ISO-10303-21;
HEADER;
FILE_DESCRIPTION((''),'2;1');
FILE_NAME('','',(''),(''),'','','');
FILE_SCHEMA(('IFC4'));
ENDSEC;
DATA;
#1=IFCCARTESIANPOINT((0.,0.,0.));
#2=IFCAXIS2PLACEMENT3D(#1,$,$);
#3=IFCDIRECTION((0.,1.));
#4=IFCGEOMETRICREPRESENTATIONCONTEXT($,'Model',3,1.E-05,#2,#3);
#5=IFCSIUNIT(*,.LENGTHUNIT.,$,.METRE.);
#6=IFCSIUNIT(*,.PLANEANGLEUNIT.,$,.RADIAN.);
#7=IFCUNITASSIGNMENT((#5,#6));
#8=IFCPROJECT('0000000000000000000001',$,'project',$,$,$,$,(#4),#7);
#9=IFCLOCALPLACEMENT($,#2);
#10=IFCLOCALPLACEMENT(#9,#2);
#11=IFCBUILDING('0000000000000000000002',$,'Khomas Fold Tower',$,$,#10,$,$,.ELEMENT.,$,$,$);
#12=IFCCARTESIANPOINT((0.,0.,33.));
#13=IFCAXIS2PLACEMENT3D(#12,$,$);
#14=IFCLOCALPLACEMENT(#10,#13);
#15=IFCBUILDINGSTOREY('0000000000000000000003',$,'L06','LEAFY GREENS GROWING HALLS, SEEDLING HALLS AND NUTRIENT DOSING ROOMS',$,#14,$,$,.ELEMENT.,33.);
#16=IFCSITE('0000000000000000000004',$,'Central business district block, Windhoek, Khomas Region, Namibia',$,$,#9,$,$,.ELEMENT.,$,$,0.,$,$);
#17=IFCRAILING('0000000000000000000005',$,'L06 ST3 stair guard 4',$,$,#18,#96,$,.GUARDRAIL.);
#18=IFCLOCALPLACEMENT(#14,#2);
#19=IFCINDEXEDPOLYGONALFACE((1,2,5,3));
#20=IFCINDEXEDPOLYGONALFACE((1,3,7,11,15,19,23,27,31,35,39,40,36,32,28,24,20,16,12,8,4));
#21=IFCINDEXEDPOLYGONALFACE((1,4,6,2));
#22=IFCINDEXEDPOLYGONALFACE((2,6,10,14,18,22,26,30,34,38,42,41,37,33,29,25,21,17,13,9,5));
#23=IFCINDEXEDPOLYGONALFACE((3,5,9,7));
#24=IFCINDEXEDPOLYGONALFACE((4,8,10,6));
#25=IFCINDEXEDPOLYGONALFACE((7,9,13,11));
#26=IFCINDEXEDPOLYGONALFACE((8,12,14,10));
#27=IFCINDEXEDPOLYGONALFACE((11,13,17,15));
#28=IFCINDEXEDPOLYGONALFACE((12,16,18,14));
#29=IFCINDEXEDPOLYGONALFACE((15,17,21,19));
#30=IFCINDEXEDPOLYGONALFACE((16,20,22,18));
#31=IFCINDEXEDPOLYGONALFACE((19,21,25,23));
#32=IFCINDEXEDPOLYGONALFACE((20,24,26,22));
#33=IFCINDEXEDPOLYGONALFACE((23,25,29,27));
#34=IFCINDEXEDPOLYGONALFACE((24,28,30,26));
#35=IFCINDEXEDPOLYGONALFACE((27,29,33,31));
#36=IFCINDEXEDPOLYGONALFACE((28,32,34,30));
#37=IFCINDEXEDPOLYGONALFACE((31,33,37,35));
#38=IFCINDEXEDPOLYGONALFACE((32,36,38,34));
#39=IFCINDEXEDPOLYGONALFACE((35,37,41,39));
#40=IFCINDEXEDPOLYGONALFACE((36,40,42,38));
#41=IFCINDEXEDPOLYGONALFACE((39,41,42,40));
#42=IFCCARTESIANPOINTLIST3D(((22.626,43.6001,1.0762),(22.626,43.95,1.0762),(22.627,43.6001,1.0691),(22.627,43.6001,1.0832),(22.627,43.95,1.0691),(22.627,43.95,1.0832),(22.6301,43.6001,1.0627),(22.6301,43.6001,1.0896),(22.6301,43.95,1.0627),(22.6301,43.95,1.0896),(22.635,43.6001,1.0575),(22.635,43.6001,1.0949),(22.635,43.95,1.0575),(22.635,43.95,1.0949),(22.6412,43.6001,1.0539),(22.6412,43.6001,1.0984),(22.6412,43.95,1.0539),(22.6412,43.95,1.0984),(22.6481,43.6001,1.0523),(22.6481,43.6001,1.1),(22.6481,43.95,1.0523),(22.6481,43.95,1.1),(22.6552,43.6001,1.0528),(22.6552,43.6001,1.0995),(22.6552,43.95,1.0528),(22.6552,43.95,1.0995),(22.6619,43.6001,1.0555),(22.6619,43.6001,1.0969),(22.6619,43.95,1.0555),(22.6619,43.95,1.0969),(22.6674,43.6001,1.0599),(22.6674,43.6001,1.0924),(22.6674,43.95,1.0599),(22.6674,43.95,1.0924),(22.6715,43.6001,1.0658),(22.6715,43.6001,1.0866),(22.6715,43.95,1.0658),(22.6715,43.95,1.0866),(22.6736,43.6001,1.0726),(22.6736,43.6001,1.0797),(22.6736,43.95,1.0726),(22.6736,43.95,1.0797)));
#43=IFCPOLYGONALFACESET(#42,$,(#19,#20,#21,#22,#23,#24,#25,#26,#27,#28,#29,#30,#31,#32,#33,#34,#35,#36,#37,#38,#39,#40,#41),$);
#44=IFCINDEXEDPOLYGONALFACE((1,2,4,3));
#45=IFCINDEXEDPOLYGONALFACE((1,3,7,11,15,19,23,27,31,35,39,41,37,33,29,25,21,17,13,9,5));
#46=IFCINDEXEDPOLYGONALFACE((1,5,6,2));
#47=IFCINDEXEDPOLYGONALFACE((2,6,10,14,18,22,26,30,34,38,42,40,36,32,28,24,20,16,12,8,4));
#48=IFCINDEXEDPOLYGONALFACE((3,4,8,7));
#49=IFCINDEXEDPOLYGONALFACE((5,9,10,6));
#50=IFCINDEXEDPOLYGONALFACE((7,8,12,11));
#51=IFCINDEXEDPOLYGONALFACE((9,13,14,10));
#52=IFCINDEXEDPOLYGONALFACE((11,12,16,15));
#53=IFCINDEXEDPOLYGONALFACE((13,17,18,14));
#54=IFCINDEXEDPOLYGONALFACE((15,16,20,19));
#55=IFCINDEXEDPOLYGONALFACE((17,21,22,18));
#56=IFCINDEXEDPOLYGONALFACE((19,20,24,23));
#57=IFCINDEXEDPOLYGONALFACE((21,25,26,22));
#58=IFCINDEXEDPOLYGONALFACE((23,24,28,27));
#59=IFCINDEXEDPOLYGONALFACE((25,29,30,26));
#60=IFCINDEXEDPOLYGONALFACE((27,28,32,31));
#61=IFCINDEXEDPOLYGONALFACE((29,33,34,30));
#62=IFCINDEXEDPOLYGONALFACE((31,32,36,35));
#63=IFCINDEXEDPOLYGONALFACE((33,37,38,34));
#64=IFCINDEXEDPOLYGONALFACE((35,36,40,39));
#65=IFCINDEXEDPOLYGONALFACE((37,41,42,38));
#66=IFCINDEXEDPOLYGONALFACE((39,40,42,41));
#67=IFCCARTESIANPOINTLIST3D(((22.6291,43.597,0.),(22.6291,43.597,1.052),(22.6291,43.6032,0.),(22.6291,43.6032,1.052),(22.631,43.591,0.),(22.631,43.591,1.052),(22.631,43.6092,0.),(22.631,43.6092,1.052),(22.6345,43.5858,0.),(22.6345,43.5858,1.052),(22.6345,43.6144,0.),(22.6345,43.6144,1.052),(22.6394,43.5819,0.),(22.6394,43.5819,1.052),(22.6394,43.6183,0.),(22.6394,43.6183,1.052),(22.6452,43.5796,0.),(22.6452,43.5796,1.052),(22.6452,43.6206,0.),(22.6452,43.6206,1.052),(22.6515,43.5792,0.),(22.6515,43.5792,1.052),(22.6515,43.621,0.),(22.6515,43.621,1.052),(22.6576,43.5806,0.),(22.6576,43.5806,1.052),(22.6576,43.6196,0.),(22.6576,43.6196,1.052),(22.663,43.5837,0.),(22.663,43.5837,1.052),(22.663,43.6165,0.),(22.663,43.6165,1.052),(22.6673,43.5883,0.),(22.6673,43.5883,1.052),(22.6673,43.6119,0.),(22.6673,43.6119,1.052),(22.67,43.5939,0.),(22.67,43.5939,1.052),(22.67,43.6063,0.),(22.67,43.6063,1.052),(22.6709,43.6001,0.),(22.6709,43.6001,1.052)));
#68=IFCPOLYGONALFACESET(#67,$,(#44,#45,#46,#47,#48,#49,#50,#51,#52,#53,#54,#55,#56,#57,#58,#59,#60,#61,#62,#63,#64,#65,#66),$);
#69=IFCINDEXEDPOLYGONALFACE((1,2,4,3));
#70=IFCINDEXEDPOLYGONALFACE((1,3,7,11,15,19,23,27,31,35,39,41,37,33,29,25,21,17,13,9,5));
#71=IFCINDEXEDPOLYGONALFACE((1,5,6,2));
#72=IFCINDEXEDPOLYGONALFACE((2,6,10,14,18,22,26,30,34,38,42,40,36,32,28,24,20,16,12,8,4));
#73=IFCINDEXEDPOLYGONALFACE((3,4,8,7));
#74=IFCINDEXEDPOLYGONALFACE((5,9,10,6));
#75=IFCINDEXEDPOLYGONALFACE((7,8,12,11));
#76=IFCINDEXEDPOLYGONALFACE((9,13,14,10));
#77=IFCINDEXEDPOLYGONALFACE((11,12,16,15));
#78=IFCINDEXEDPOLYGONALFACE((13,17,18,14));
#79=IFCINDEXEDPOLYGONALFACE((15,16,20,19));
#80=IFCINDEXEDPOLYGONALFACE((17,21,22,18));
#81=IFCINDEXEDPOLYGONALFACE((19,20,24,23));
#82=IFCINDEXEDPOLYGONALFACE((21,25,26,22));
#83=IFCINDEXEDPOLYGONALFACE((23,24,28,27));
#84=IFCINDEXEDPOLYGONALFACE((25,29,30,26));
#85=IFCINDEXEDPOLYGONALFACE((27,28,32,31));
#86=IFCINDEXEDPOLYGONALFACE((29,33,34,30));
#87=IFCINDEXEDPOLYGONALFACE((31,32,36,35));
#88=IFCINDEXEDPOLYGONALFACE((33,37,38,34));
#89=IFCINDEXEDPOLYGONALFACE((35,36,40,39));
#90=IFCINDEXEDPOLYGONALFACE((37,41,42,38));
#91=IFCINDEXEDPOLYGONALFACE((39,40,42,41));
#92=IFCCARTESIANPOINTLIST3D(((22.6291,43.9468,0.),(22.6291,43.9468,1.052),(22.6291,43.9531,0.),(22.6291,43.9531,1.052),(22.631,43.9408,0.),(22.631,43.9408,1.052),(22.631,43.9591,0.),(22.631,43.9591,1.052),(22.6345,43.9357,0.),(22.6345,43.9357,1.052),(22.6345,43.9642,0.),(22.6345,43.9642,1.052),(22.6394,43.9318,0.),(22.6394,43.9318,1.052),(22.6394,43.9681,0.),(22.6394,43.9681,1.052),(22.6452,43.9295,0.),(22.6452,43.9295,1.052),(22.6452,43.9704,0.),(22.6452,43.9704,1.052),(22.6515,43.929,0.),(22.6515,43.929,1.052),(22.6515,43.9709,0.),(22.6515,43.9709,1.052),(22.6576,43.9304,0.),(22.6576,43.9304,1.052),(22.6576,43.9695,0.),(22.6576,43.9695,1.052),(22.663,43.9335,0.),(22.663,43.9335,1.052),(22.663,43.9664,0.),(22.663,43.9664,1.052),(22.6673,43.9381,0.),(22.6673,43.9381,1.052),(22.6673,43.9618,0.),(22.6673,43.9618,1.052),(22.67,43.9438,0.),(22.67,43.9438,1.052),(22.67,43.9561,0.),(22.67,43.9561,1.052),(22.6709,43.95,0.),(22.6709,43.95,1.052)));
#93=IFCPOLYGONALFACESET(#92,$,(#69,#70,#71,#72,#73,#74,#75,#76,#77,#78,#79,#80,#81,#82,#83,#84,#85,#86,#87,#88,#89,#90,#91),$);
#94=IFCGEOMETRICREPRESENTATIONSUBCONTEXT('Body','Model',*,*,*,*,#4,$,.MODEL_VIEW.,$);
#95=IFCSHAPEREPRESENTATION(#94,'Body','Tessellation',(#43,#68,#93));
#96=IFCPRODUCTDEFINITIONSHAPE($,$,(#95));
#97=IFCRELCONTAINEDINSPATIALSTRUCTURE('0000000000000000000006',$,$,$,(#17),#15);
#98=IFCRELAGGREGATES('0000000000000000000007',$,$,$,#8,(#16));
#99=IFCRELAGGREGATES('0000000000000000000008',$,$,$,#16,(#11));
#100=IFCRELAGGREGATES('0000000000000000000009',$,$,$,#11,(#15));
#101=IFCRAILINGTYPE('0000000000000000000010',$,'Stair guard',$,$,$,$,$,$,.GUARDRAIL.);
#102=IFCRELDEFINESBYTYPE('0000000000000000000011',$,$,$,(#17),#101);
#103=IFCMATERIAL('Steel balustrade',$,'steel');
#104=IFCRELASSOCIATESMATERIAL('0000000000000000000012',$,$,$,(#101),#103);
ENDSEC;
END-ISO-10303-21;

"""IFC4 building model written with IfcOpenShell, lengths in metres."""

from ifc_helpers import new_model, si_unit, direction, frame, origin, origin_2d, place, context, subcontext, project, spatial, circle, extrude, source, transform, mapped, material, type_object, element, save


model = new_model("IFC4")

# Units and contexts
model_context = context("Model", 3, precision=1e-05, world=origin(), true_north=direction((0.0, 1.0)))
body_context = subcontext(model_context, "Body", "Model", "MODEL_VIEW")
ifc_project = project(units=[si_unit("LENGTHUNIT", "METRE"), si_unit("PLANEANGLEUNIT", "RADIAN")], contexts=[model_context])

# Site, building, storey
site_placement = place(None, origin())
site = spatial("IfcSite", under=ifc_project, at=site_placement, Name="Central business district block, Windhoek, Khomas Region, Namibia", CompositionType="ELEMENT", RefElevation=0.0)
building_placement = place(site_placement, origin())
building = spatial("IfcBuilding", under=site, at=building_placement, Name="Khomas Fold Tower", CompositionType="ELEMENT")
storey_placement = place(building_placement, frame((0.0, 0.0, 33.0)))
storey = spatial("IfcBuildingStorey", under=building, at=storey_placement, Name="L06", Description="LEAFY GREENS GROWING HALLS, SEEDLING HALLS AND NUTRIENT DOSING ROOMS", CompositionType="ELEMENT", Elevation=33.0)

# Railing
ifc_material_1 = material(Name="Steel balustrade", Category="steel")
railing_type_1 = type_object("IfcRailingType", Name="Stair guard", PredefinedType="GUARDRAIL", material=ifc_material_1)
shared_shape_1 = source(origin(), body_context, "Body", "SweptSolid", [
    extrude(circle(Radius=0.0239, at=origin_2d()), frame((0.0, 0.0, 1.0762), z_axis=(0.0, 1.0, 0.0), x_axis=(-1.0, 0.0, 0.0)), (0.0, 0.0, 1.0), 0.3499),
    extrude(circle(Radius=0.021, at=origin_2d()), origin(), (0.0, 0.0, 1.0), 1.052),
    extrude(circle(Radius=0.021, at=origin_2d()), frame((0.0, 0.3499, 0.0)), (0.0, 0.0, 1.0), 1.052),
])
for number, where, name in (
    (1, (22.6499, 43.6001, 0.0), "L06 ST3 stair guard 4"),
):
    element("IfcRailing", number, at=place(storey_placement, frame(where)), inside=storey, type_object=railing_type_1, Name=name, PredefinedType="GUARDRAIL", context=body_context, shape_type="MappedRepresentation", body=[
        mapped(shared_shape_1, transform((0.0, 0.0, 0.0))),
    ])

save(model, "model.ifc")
